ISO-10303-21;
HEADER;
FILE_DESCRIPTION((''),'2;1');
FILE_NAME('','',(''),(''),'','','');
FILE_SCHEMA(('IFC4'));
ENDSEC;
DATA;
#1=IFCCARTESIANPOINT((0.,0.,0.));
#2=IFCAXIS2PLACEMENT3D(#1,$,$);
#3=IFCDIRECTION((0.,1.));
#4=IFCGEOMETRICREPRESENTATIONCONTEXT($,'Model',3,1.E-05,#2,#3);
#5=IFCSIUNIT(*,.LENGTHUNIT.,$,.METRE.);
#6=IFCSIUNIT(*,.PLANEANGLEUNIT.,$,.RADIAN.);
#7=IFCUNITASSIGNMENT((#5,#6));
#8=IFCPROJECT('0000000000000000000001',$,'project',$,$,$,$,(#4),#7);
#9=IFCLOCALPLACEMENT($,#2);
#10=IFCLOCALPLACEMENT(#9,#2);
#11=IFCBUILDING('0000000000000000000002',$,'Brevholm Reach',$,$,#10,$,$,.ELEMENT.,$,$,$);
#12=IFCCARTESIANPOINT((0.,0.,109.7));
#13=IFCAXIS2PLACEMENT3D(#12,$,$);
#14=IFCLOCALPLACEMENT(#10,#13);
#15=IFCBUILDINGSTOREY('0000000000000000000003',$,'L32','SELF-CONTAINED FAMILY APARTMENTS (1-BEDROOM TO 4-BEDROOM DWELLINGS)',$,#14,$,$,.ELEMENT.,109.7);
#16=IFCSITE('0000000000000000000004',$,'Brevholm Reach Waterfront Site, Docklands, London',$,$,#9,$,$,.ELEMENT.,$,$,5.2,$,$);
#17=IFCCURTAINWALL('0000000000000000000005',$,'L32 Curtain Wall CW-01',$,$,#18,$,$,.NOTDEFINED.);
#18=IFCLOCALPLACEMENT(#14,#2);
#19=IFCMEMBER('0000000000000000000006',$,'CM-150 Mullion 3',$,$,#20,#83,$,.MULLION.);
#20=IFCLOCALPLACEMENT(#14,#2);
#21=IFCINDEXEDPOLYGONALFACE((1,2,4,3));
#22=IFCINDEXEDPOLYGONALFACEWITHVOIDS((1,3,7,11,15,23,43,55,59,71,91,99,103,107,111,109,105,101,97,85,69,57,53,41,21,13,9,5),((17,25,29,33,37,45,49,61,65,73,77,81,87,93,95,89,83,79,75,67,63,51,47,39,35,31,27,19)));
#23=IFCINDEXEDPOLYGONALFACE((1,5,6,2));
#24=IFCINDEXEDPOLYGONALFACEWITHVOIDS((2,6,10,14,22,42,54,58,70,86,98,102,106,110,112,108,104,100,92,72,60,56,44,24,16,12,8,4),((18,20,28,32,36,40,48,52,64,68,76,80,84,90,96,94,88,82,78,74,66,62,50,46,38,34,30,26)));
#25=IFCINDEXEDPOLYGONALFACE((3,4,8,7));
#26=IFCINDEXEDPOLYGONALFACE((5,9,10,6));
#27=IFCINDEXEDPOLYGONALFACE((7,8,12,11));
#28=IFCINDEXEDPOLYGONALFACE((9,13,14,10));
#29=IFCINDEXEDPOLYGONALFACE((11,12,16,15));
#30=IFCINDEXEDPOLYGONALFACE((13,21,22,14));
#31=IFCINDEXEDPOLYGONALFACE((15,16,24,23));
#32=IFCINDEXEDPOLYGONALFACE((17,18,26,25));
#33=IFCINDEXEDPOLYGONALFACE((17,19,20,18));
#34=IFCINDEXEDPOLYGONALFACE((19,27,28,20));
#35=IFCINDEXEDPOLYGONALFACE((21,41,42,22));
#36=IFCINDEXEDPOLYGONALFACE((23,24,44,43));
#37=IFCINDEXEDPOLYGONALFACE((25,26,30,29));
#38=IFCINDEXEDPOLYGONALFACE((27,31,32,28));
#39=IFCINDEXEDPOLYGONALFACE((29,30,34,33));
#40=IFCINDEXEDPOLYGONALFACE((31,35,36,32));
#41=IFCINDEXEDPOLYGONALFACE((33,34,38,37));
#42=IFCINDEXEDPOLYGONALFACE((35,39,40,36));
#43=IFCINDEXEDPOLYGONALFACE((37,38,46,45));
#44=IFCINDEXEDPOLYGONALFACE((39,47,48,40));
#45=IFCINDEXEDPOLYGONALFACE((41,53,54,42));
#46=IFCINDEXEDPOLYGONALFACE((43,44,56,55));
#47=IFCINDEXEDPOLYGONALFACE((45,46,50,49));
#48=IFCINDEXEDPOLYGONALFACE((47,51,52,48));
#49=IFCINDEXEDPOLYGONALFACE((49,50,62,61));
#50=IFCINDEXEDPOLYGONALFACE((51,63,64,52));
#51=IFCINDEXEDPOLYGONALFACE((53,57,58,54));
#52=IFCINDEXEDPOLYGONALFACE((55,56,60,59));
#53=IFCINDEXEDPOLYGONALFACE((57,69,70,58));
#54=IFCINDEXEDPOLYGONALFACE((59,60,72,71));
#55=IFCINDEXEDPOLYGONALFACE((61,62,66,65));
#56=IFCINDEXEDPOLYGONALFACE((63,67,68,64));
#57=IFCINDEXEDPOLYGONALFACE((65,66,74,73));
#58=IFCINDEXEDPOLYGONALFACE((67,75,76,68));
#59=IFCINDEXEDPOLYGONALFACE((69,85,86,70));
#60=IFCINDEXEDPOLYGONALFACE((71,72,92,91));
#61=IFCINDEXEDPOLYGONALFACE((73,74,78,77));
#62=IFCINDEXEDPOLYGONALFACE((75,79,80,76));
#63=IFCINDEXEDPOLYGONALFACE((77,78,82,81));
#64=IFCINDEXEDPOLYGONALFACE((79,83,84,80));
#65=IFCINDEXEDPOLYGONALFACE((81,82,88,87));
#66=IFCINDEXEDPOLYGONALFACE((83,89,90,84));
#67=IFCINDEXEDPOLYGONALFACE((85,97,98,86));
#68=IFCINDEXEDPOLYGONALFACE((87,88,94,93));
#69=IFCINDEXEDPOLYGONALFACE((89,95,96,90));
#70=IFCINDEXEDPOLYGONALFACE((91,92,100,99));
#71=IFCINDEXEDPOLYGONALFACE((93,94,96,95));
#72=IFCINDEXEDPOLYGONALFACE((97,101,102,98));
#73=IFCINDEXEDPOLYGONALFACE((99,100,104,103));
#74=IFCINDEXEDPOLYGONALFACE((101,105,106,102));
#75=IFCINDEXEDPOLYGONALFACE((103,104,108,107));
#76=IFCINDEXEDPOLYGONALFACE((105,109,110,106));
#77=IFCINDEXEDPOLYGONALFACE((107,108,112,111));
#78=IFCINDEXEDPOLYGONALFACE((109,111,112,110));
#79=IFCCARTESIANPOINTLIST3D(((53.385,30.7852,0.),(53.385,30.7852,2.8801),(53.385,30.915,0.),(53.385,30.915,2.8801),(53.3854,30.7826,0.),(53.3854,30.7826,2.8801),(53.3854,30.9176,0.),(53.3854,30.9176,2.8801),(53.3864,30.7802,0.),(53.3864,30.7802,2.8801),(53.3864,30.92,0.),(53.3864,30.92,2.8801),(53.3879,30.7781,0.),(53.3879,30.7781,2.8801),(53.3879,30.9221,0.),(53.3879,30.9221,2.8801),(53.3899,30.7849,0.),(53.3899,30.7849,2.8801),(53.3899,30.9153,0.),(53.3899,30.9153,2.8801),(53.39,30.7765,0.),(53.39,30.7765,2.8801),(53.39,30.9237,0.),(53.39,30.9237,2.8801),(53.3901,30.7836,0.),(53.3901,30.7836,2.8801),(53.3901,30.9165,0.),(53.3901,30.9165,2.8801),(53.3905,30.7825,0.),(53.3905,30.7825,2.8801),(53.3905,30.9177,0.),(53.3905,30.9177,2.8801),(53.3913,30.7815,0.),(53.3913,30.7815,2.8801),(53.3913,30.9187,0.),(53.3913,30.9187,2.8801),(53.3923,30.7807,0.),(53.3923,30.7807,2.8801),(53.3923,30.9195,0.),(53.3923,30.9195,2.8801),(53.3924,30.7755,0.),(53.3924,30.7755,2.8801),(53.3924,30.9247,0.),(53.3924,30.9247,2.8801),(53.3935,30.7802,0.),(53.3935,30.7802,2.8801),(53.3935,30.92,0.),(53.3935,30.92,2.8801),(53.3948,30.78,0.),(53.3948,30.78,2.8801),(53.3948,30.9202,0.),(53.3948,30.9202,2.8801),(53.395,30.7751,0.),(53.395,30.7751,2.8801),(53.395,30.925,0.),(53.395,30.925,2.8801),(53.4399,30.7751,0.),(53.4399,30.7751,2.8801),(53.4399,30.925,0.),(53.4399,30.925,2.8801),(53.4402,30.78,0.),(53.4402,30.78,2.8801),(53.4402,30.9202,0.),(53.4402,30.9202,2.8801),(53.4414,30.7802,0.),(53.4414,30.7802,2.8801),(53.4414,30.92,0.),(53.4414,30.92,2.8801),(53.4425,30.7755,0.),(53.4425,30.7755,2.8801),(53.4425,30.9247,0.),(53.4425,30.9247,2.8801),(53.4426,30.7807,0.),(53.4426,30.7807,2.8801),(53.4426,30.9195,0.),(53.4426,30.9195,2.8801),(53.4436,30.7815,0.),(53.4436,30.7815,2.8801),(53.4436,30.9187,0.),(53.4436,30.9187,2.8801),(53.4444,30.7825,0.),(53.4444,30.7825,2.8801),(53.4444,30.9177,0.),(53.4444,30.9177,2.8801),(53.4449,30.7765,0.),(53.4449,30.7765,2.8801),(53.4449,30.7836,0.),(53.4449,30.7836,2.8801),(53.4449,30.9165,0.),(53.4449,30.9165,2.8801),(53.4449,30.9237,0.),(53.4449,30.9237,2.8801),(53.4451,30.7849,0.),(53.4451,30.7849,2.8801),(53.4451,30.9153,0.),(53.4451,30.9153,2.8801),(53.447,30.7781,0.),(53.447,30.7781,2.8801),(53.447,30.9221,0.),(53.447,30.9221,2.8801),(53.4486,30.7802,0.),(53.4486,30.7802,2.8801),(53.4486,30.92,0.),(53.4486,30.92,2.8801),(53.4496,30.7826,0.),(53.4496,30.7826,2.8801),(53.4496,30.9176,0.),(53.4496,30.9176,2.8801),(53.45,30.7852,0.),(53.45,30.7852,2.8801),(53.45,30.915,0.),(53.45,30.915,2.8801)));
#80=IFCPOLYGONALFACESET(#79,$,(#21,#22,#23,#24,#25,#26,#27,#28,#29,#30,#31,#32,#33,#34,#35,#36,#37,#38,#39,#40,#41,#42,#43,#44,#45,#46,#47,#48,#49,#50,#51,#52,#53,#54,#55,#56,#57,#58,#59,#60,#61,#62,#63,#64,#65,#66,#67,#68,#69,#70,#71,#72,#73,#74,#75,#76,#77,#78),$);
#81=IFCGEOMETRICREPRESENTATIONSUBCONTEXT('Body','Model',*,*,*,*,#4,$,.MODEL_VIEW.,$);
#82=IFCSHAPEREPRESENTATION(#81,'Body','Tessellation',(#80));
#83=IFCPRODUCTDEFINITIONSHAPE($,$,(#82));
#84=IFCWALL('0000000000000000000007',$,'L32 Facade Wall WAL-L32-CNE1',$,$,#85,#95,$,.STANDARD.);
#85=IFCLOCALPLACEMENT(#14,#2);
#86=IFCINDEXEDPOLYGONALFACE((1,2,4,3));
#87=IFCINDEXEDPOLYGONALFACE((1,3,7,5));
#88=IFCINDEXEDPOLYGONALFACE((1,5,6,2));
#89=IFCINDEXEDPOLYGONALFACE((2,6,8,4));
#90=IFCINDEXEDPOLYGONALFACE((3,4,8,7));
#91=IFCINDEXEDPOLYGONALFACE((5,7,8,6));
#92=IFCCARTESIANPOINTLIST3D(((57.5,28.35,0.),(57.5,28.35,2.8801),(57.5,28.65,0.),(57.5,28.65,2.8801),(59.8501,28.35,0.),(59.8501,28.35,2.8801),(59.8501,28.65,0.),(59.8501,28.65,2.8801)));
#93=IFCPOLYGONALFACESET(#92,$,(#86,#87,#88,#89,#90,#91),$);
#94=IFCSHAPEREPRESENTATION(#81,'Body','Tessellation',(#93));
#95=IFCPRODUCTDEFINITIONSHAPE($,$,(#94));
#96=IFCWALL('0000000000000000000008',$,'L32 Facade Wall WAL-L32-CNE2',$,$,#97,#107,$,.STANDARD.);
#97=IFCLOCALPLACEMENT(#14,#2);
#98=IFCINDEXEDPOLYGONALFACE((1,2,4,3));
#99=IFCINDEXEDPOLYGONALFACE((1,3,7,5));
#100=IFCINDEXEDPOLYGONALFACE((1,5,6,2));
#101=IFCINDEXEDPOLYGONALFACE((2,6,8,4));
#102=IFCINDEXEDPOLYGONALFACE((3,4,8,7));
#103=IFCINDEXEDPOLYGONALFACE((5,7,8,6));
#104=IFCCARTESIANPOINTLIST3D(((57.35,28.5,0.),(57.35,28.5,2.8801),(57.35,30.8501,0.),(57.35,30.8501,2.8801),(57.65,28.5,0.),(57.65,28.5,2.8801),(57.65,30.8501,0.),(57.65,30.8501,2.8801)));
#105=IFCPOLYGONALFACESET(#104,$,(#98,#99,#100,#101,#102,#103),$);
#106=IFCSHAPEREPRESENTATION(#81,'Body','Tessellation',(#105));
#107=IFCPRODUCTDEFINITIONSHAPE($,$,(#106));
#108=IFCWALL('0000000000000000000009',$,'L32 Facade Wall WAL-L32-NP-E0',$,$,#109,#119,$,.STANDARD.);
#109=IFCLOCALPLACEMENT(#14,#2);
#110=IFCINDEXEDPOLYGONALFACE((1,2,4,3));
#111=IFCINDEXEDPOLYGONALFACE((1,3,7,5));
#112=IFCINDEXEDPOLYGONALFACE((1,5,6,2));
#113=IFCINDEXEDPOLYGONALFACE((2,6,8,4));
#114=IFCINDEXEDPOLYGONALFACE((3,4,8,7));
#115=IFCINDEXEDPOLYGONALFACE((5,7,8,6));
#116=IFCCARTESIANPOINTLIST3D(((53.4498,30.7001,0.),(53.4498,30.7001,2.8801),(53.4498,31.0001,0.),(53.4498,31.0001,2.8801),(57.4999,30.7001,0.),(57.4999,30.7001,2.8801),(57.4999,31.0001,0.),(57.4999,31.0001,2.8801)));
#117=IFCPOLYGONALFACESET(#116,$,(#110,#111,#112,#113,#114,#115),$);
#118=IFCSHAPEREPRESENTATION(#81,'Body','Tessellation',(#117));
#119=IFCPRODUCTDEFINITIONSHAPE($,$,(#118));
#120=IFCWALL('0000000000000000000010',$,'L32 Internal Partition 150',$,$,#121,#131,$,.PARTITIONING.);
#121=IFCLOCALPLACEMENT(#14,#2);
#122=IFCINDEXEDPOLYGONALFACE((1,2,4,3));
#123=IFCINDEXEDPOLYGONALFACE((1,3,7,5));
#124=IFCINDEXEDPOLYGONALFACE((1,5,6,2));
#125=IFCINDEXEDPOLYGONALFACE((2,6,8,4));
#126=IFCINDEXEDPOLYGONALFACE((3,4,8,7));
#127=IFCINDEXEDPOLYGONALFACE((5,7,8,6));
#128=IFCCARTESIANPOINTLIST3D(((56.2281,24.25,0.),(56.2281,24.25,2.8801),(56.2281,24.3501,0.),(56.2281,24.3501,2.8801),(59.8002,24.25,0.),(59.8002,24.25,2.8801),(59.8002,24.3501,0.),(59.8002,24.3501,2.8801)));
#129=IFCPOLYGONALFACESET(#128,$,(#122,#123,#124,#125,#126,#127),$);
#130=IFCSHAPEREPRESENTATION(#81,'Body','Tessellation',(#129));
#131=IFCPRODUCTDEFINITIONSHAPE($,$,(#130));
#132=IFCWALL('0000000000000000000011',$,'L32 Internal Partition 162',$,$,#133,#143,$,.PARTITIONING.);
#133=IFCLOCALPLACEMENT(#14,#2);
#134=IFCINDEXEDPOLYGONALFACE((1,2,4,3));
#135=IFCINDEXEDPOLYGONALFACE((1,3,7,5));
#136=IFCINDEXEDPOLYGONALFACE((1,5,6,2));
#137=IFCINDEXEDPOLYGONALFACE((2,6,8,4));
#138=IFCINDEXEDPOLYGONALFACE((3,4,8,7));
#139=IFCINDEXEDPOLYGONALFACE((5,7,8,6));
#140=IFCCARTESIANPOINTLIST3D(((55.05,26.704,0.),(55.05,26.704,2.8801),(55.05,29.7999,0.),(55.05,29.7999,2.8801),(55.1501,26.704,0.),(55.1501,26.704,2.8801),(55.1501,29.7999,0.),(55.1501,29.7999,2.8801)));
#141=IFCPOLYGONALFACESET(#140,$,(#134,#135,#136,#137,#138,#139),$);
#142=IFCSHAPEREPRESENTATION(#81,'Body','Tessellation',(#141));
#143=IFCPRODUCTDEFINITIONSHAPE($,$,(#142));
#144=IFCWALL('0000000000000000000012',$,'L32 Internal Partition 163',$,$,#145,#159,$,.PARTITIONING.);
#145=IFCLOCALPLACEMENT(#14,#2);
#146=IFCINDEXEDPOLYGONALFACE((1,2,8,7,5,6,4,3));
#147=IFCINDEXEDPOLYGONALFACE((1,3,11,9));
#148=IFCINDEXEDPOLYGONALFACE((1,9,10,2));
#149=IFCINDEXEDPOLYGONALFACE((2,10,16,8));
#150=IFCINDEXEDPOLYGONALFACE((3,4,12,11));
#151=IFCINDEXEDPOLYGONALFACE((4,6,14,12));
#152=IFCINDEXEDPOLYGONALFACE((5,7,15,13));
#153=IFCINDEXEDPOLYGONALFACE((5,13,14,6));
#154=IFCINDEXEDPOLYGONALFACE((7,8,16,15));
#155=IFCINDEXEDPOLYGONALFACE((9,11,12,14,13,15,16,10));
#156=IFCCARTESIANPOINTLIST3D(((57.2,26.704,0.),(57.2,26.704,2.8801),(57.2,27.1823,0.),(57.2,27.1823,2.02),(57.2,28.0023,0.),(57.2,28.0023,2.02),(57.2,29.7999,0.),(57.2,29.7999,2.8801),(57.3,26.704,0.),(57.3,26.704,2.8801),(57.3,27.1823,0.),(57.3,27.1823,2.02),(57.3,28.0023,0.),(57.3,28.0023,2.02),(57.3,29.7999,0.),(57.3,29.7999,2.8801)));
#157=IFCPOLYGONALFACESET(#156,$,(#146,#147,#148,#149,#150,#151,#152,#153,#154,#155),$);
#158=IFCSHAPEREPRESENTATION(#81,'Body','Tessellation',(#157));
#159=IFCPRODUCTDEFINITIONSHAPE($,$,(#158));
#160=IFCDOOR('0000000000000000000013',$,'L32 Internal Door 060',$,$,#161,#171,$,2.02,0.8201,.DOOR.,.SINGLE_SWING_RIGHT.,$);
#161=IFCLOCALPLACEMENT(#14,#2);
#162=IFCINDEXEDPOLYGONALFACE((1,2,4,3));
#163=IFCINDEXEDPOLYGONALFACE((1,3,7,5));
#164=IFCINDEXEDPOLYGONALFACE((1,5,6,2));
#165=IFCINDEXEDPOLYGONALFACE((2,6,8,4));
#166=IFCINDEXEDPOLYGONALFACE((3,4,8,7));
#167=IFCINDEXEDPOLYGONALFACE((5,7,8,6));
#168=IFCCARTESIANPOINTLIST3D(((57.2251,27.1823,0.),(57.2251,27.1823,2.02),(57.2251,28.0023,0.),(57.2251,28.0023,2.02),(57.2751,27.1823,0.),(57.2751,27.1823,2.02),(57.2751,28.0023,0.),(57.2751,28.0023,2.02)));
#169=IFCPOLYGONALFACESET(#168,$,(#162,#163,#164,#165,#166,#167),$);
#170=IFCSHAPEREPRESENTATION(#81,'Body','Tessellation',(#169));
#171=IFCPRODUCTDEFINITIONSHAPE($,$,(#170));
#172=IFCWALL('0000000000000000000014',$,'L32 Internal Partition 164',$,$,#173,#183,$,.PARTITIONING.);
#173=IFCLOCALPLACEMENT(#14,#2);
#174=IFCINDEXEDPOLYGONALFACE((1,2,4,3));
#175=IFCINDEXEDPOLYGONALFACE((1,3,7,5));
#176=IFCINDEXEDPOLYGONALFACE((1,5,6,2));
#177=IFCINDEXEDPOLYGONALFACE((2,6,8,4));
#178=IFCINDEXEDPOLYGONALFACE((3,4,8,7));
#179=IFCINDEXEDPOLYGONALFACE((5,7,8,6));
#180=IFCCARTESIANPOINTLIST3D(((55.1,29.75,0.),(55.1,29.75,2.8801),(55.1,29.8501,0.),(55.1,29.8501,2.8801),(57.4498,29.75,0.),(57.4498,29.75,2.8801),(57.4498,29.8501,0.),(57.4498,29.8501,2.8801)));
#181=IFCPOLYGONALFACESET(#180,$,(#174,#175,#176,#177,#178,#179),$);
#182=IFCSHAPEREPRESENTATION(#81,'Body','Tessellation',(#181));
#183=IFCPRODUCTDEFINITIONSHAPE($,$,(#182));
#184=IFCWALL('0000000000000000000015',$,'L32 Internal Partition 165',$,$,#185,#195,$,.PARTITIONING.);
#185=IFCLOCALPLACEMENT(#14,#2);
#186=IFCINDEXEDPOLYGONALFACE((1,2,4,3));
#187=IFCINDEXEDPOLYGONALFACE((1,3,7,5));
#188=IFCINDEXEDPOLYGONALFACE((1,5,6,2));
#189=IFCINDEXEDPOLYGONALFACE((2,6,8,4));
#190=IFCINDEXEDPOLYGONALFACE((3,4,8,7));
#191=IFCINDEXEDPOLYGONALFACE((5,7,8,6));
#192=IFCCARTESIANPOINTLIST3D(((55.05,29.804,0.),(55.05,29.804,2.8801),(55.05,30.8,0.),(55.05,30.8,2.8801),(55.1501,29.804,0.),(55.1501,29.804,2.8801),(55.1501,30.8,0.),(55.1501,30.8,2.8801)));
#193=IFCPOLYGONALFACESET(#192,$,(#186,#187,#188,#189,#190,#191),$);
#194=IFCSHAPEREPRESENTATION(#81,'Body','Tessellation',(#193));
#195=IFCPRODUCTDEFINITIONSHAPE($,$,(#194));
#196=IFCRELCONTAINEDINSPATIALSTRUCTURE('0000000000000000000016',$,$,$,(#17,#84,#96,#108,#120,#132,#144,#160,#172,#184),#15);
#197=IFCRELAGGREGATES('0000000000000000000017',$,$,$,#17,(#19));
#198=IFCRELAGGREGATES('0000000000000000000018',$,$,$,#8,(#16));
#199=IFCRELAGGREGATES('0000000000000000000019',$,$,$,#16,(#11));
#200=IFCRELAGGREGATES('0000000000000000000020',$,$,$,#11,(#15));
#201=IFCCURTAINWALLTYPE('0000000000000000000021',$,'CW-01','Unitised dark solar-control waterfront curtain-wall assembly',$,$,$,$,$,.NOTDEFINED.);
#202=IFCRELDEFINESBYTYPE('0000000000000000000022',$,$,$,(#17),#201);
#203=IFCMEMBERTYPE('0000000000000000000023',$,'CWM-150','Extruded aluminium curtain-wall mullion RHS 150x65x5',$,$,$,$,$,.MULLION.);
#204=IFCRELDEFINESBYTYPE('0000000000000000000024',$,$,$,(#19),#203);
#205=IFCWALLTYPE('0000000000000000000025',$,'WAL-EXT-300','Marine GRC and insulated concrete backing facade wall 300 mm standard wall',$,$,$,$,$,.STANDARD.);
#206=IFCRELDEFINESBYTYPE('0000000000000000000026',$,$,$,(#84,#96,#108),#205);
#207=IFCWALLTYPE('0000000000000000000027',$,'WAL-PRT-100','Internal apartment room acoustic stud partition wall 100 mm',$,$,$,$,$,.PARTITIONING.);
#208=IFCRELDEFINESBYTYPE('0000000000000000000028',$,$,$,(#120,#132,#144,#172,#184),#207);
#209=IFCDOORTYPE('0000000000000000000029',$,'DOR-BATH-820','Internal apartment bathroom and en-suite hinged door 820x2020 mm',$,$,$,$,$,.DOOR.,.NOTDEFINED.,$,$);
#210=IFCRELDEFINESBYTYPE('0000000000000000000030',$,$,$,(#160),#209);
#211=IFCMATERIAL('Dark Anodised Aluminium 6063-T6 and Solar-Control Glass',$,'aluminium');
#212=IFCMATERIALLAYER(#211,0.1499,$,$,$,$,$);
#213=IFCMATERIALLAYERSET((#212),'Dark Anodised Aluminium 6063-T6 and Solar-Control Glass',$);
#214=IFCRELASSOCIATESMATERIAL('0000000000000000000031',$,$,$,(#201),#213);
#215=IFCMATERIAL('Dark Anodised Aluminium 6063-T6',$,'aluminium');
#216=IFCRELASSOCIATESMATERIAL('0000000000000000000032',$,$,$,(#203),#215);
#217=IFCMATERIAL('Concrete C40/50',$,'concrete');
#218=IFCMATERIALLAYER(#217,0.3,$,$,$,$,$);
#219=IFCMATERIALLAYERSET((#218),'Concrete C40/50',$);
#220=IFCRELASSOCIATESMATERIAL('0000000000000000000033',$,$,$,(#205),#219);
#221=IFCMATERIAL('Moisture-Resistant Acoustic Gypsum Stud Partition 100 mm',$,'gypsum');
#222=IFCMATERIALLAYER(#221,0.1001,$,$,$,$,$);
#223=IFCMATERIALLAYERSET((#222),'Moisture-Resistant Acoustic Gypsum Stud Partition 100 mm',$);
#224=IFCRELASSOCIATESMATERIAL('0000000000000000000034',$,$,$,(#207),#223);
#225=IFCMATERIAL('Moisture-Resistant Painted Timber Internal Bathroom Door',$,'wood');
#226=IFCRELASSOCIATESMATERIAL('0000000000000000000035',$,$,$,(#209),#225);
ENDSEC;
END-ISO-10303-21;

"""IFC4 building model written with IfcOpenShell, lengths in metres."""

from ifc_helpers import new_model, si_unit, direction, frame, frame_2d, origin, origin_2d, place, context, subcontext, project, spatial, rectangle, hollow_rectangle, extrude, material, layer, layer_set, material_profile, profile_set, type_object, element, fill, aggregate, save


model = new_model("IFC4")

# Units and contexts
model_context = context("Model", 3, precision=1e-05, world=origin(), true_north=direction((0.0, 1.0)))
body_context = subcontext(model_context, "Body", "Model", "MODEL_VIEW")
ifc_project = project(units=[si_unit("LENGTHUNIT", "METRE"), si_unit("PLANEANGLEUNIT", "RADIAN")], contexts=[model_context])

# Site, building, storey
site_placement = place(None, origin())
site = spatial("IfcSite", under=ifc_project, at=site_placement, Name="Brevholm Reach Waterfront Site, Docklands, London", CompositionType="ELEMENT", RefElevation=5.2)
building_placement = place(site_placement, origin())
building = spatial("IfcBuilding", under=site, at=building_placement, Name="Brevholm Reach", CompositionType="ELEMENT")
storey_placement = place(building_placement, frame((0.0, 0.0, 109.7)))
storey = spatial("IfcBuildingStorey", under=building, at=storey_placement, Name="L32", Description="SELF-CONTAINED FAMILY APARTMENTS (1-BEDROOM TO 4-BEDROOM DWELLINGS)", CompositionType="ELEMENT", Elevation=109.7)

# Curtain wall, member
ifc_material_1 = material(Name="Dark Anodised Aluminium 6063-T6 and Solar-Control Glass", Category="aluminium")
ifc_layer_1 = layer(ifc_material_1, 0.1499)
ifc_layer_set_1 = layer_set([ifc_layer_1], Name="Dark Anodised Aluminium 6063-T6 and Solar-Control Glass")
curtain_wall_type = type_object("IfcCurtainWallType", Name="CW-01", Description="Unitised dark solar-control waterfront curtain-wall assembly", PredefinedType="NOTDEFINED", material=ifc_layer_set_1)
curtain_wall_placement = place(storey_placement, origin())
curtain_wall = element("IfcCurtainWall", 1, at=curtain_wall_placement, inside=storey, type_object=curtain_wall_type, Name="L32 Curtain Wall CW-01", PredefinedType="NOTDEFINED")
ifc_material_2 = material(Name="Dark Anodised Aluminium 6063-T6", Category="aluminium")
ifc_material_profile_1 = material_profile(ifc_material_2, hollow_rectangle(XDim=0.0649, YDim=0.1499, WallThickness=0.0049, InnerFilletRadius=0.0049, OuterFilletRadius=0.01, at=origin_2d()), Name="RHS 150x65x5")
ifc_profile_set_1 = profile_set([ifc_material_profile_1], Name="Dark Anodised Aluminium 6063-T6")
member_type = type_object("IfcMemberType", Name="CWM-150", Description="Extruded aluminium curtain-wall mullion RHS 150x65x5", PredefinedType="MULLION", material=ifc_profile_set_1)
member_placement = place(storey_placement, frame((53.4175, 30.8501, 0.0), z_axis=(0.0, 0.0, 1.0), x_axis=(1.0, 0.0, 0.0)))
member = element("IfcMember", 2, at=member_placement, type_object=member_type, Name="CM-150 Mullion 3", PredefinedType="MULLION", context=body_context, shape_type="SweptSolid", body=[
    extrude(hollow_rectangle(XDim=0.0649, YDim=0.1499, WallThickness=0.0049, InnerFilletRadius=0.0049, OuterFilletRadius=0.01, at=origin_2d()), origin(), (0.0, 0.0, 1.0), 2.8801),
])
aggregate(curtain_wall, [member])

# Walls
ifc_material_3 = material(Name="Concrete C40/50", Category="concrete")
ifc_layer_2 = layer(ifc_material_3, 0.3)
ifc_layer_set_2 = layer_set([ifc_layer_2], Name="Concrete C40/50")
wall_type_1 = type_object("IfcWallType", Name="WAL-EXT-300", Description="Marine GRC and insulated concrete backing facade wall 300 mm standard wall", PredefinedType="STANDARD", material=ifc_layer_set_2)
for number, where, z_axis, x_axis, name in (
    (3, (59.8501, 28.5, 0.0), (0.0, 0.0, 1.0), (-1.0, 0.0, 0.0), "L32 Facade Wall WAL-L32-CNE1"),
    (4, (57.5, 28.5, 0.0), (0.0, 0.0, 1.0), (0.0, 1.0, 0.0), "L32 Facade Wall WAL-L32-CNE2"),
):
    element("IfcWall", number, at=place(storey_placement, frame(where, z_axis=z_axis, x_axis=x_axis)), inside=storey, type_object=wall_type_1, Name=name, PredefinedType="STANDARD", context=body_context, shape_type="SweptSolid", body=[
        extrude(rectangle(XDim=2.3501, YDim=0.3, at=frame_2d((1.175, 0.0))), origin(), (0.0, 0.0, 1.0), 2.8801),
    ])
wall_1_placement = place(storey_placement, frame((53.45, 30.8501, 0.0), z_axis=(0.0, 0.0, 1.0), x_axis=(1.0, 0.0, 0.0)))
element("IfcWall", 5, at=wall_1_placement, inside=storey, type_object=wall_type_1, Name="L32 Facade Wall WAL-L32-NP-E0", PredefinedType="STANDARD", context=body_context, shape_type="SweptSolid", body=[
    extrude(rectangle(XDim=4.05, YDim=0.3, at=frame_2d((2.0249, 0.0))), origin(), (0.0, 0.0, 1.0), 2.8801),
])
ifc_material_4 = material(Name="Moisture-Resistant Acoustic Gypsum Stud Partition 100 mm", Category="gypsum")
ifc_layer_3 = layer(ifc_material_4, 0.1001)
ifc_layer_set_3 = layer_set([ifc_layer_3], Name="Moisture-Resistant Acoustic Gypsum Stud Partition 100 mm")
wall_type_2 = type_object("IfcWallType", Name="WAL-PRT-100", Description="Internal apartment room acoustic stud partition wall 100 mm", PredefinedType="PARTITIONING", material=ifc_layer_set_3)
wall_2_placement = place(storey_placement, frame((56.228, 24.3, 0.0), z_axis=(0.0, 0.0, 1.0), x_axis=(1.0, 0.0, 0.0)))
element("IfcWall", 6, at=wall_2_placement, inside=storey, type_object=wall_type_2, Name="L32 Internal Partition 150", PredefinedType="PARTITIONING", context=body_context, shape_type="SweptSolid", body=[
    extrude(rectangle(XDim=3.572, YDim=0.1001, at=frame_2d((1.7861, 0.0))), origin(), (0.0, 0.0, 1.0), 2.8801),
])
wall_3_placement = place(storey_placement, frame((55.1001, 26.7041, 0.0), z_axis=(0.0, 0.0, 1.0), x_axis=(0.0, 1.0, 0.0)))
element("IfcWall", 7, at=wall_3_placement, inside=storey, type_object=wall_type_2, Name="L32 Internal Partition 162", PredefinedType="PARTITIONING", context=body_context, shape_type="SweptSolid", body=[
    extrude(rectangle(XDim=3.0959, YDim=0.1001, at=frame_2d((1.5479, 0.0))), origin(), (0.0, 0.0, 1.0), 2.8801),
])

# Wall, opening, door
wall_4_placement = place(storey_placement, frame((57.25, 26.7041, 0.0), z_axis=(0.0, 0.0, 1.0), x_axis=(0.0, 1.0, 0.0)))
wall_4 = element("IfcWall", 8, at=wall_4_placement, inside=storey, type_object=wall_type_2, Name="L32 Internal Partition 163", PredefinedType="PARTITIONING", context=body_context, shape_type="SweptSolid", body=[
    extrude(rectangle(XDim=3.0959, YDim=0.1001, at=frame_2d((1.5479, 0.0))), origin(), (0.0, 0.0, 1.0), 2.8801),
])
opening_placement = place(wall_4_placement, frame((0.478, 0.0, 0.0)))
opening = element("IfcOpeningElement", 9, at=opening_placement, cuts=wall_4, PredefinedType="OPENING", context=body_context, shape_type="SweptSolid", body=[
    extrude(rectangle(XDim=0.8201, YDim=2.02, at=frame_2d((0.4102, 1.01))), frame((0.0, 0.0601, 0.0), z_axis=(0.0, -1.0, 0.0), x_axis=(1.0, 0.0, 0.0)), (0.0, 0.0, 1.0), 0.1201),
])
ifc_material_5 = material(Name="Moisture-Resistant Painted Timber Internal Bathroom Door", Category="wood")
door_type = type_object("IfcDoorType", Name="DOR-BATH-820", Description="Internal apartment bathroom and en-suite hinged door 820x2020 mm", OperationType="NOTDEFINED", PredefinedType="DOOR", material=ifc_material_5)
door_placement = place(opening_placement, origin())
door = element("IfcDoor", 10, at=door_placement, inside=storey, type_object=door_type, Name="L32 Internal Door 060", OperationType="SINGLE_SWING_RIGHT", OverallHeight=2.02, OverallWidth=0.8201, PredefinedType="DOOR", context=body_context, shape_type="SweptSolid", body=[
    extrude(rectangle(XDim=0.8201, YDim=2.02, at=frame_2d((0.4102, 1.01))), frame((0.0, 0.0249, 0.0), z_axis=(0.0, -1.0, 0.0), x_axis=(1.0, 0.0, 0.0)), (0.0, 0.0, 1.0), 0.05),
])
fill(opening, door)

# Walls
wall_5_placement = place(storey_placement, frame((55.1001, 29.8, 0.0), z_axis=(0.0, 0.0, 1.0), x_axis=(1.0, 0.0, 0.0)))
element("IfcWall", 11, at=wall_5_placement, inside=storey, type_object=wall_type_2, Name="L32 Internal Partition 164", PredefinedType="PARTITIONING", context=body_context, shape_type="SweptSolid", body=[
    extrude(rectangle(XDim=2.3499, YDim=0.1001, at=frame_2d((1.1748, 0.0))), origin(), (0.0, 0.0, 1.0), 2.8801),
])
wall_6_placement = place(storey_placement, frame((55.1001, 29.804, 0.0), z_axis=(0.0, 0.0, 1.0), x_axis=(0.0, 1.0, 0.0)))
element("IfcWall", 12, at=wall_6_placement, inside=storey, type_object=wall_type_2, Name="L32 Internal Partition 165", PredefinedType="PARTITIONING", context=body_context, shape_type="SweptSolid", body=[
    extrude(rectangle(XDim=0.9961, YDim=0.1001, at=frame_2d((0.498, 0.0))), origin(), (0.0, 0.0, 1.0), 2.8801),
])

save(model, "model.ifc")
